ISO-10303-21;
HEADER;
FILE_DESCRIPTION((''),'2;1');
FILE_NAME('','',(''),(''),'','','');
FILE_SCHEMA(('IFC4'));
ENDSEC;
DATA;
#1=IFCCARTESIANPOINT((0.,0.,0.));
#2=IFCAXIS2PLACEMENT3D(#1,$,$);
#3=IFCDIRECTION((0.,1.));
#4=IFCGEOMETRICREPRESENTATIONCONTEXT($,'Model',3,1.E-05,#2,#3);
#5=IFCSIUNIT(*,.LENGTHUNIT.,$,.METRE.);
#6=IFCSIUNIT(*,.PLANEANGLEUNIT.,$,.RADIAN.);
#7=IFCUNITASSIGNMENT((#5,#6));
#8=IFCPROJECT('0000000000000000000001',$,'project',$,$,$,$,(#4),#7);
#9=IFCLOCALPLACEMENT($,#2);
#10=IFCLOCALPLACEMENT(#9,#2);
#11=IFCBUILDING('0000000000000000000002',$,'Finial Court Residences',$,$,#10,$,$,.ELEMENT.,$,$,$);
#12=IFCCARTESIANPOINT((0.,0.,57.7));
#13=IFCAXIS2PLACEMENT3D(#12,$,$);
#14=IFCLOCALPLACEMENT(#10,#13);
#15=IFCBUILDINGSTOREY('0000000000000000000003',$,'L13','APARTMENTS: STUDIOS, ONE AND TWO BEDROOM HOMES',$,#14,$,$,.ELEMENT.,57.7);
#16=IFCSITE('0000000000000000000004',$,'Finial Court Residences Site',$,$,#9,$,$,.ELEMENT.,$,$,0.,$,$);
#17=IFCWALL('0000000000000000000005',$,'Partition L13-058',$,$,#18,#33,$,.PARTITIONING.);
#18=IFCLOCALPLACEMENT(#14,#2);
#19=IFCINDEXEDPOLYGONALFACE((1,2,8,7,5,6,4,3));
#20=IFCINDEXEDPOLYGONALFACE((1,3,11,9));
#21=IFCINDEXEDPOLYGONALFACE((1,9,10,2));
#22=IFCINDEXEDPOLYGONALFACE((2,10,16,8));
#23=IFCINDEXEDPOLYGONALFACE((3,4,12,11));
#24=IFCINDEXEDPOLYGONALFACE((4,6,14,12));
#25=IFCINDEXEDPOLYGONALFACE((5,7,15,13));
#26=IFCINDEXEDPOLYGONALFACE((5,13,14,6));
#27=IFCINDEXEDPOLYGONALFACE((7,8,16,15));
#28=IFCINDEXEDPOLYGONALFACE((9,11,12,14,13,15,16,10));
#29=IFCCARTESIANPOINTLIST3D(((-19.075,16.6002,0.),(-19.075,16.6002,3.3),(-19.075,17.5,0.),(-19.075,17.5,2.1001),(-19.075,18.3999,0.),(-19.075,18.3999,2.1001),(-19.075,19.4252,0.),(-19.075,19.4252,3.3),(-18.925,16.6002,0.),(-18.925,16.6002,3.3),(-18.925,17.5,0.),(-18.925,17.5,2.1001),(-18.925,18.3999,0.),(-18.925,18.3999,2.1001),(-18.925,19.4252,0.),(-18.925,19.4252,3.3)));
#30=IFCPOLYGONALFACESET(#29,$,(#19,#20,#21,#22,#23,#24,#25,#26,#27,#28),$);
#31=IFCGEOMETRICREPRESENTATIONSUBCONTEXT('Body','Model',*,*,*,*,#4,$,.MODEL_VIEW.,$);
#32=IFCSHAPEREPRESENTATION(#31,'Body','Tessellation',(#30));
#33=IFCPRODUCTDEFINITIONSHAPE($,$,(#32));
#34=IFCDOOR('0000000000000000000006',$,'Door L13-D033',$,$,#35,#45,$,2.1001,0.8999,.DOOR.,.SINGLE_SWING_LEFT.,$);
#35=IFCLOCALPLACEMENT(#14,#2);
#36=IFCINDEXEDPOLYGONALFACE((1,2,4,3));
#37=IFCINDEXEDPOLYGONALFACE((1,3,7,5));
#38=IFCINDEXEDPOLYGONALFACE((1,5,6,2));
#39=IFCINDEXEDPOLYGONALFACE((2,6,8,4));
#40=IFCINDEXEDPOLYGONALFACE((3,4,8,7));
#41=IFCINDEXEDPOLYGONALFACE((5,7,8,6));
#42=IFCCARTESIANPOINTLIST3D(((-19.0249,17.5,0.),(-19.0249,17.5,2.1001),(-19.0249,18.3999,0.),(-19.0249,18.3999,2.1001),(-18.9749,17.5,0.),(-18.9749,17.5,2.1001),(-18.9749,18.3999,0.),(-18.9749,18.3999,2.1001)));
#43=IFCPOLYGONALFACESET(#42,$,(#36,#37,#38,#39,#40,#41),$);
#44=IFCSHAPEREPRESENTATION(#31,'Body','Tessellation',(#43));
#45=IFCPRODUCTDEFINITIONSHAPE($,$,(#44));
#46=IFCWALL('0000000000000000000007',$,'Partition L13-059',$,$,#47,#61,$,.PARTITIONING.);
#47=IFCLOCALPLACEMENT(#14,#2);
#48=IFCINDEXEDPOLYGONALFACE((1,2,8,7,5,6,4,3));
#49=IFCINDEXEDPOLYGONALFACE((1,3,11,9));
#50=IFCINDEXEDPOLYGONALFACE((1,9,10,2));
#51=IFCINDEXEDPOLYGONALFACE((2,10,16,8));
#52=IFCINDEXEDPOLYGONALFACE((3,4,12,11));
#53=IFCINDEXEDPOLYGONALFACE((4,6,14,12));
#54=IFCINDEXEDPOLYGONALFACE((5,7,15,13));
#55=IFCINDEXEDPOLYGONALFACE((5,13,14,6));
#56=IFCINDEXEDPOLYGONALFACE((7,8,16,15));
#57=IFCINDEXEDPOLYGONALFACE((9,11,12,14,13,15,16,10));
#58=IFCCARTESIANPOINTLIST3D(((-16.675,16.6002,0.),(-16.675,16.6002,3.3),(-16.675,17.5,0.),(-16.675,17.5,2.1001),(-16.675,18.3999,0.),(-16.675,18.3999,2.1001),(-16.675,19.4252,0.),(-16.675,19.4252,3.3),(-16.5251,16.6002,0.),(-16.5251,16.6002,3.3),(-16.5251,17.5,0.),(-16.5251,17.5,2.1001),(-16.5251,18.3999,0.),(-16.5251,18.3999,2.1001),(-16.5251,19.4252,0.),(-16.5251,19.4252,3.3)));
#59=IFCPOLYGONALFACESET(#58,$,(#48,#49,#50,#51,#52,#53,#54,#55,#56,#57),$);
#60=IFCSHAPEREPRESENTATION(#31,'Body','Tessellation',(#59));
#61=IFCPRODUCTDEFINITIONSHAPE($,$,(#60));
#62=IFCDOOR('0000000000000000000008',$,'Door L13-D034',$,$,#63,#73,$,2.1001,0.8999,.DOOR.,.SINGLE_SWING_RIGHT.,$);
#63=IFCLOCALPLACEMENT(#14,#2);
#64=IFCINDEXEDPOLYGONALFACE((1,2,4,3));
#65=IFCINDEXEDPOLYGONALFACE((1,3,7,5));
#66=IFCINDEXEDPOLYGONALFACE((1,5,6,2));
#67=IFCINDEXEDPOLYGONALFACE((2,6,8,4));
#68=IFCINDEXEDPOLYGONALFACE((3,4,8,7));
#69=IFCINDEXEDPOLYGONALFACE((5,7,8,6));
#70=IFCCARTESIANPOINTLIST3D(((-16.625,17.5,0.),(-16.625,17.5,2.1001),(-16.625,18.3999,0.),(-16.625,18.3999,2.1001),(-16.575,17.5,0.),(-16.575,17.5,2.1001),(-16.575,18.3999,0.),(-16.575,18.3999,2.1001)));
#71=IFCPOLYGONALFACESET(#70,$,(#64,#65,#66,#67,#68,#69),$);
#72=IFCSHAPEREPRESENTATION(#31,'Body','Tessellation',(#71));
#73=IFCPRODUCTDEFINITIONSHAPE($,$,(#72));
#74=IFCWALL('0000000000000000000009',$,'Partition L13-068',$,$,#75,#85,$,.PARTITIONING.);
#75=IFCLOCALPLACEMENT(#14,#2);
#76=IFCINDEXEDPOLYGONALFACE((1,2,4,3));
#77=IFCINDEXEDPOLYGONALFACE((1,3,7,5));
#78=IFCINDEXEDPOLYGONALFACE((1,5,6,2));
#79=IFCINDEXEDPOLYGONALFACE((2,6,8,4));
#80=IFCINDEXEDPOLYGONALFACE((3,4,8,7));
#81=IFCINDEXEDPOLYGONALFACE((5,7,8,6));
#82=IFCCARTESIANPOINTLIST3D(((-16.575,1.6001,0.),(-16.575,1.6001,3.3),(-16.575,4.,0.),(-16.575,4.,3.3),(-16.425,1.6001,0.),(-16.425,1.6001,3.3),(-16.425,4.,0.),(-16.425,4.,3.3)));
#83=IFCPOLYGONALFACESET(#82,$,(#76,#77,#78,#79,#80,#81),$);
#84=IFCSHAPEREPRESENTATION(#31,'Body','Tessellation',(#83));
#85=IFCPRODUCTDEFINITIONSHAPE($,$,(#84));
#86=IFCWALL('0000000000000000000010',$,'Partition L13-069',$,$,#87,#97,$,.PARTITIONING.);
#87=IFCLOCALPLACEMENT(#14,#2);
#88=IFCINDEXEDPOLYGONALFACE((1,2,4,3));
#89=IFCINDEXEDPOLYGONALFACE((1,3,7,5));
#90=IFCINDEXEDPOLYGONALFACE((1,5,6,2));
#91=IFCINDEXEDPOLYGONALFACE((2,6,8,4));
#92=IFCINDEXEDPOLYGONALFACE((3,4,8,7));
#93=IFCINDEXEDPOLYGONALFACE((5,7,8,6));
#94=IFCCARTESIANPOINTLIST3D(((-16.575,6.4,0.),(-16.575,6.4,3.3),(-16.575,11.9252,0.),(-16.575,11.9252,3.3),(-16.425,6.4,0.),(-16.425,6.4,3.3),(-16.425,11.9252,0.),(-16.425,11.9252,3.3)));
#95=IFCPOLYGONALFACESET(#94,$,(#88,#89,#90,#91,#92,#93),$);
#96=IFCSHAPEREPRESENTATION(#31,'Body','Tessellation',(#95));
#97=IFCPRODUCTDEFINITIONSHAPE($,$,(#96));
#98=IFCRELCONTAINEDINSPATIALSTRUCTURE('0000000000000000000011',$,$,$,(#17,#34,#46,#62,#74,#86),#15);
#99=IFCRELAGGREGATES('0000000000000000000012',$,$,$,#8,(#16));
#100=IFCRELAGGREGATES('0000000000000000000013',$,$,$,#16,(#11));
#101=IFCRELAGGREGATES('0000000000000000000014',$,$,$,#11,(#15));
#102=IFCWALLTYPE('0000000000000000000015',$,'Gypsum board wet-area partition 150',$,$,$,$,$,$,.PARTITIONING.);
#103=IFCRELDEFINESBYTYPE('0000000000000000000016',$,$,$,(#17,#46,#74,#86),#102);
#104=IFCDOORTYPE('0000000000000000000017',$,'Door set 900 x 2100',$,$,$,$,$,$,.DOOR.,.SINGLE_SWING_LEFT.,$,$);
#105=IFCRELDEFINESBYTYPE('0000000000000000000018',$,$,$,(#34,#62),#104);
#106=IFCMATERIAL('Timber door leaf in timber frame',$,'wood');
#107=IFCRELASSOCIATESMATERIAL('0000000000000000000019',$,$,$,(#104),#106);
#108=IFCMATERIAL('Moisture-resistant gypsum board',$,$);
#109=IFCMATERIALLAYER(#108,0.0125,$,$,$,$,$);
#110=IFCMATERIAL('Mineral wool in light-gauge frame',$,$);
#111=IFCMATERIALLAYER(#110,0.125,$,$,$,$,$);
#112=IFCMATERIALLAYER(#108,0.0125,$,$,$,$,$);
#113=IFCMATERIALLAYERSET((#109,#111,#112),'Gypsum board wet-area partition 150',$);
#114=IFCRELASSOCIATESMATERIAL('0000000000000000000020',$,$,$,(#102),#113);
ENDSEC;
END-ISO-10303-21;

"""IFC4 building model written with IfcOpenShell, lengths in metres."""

from ifc_helpers import new_model, si_unit, direction, frame, frame_2d, origin, place, context, subcontext, project, spatial, rectangle, extrude, material, layer, layer_set, type_object, element, fill, save


model = new_model("IFC4")

# Units and contexts
model_context = context("Model", 3, precision=1e-05, world=origin(), true_north=direction((0.0, 1.0)))
body_context = subcontext(model_context, "Body", "Model", "MODEL_VIEW")
ifc_project = project(units=[si_unit("LENGTHUNIT", "METRE"), si_unit("PLANEANGLEUNIT", "RADIAN")], contexts=[model_context])

# Site, building, storey
site_placement = place(None, origin())
site = spatial("IfcSite", under=ifc_project, at=site_placement, Name="Finial Court Residences Site", CompositionType="ELEMENT", RefElevation=0.0)
building_placement = place(site_placement, origin())
building = spatial("IfcBuilding", under=site, at=building_placement, Name="Finial Court Residences", CompositionType="ELEMENT")
storey_placement = place(building_placement, frame((0.0, 0.0, 57.7)))
storey = spatial("IfcBuildingStorey", under=building, at=storey_placement, Name="L13", Description="APARTMENTS: STUDIOS, ONE AND TWO BEDROOM HOMES", CompositionType="ELEMENT", Elevation=57.7)

# Shared definitions
ifc_material_1 = material(Name="Mineral wool in light-gauge frame")
ifc_material_2 = material(Name="Timber door leaf in timber frame", Category="wood")
door_type = type_object("IfcDoorType", Name="Door set 900 x 2100", OperationType="SINGLE_SWING_LEFT", PredefinedType="DOOR", material=ifc_material_2)
ifc_material_3 = material(Name="Moisture-resistant gypsum board")
ifc_layer_1 = layer(ifc_material_3, 0.0125)
ifc_layer_2 = layer(ifc_material_1, 0.125)
ifc_layer_3 = layer(ifc_material_3, 0.0125)
ifc_layer_set_1 = layer_set([ifc_layer_1, ifc_layer_2, ifc_layer_3], Name="Gypsum board wet-area partition 150")
wall_type_1 = type_object("IfcWallType", Name="Gypsum board wet-area partition 150", PredefinedType="PARTITIONING", material=ifc_layer_set_1)

# Walls, openings, doors
wall_1_placement = place(storey_placement, frame((-19.0, 16.6001, 0.0), z_axis=(0.0, 0.0, 1.0), x_axis=(0.0, 1.0, 0.0)))
wall_1 = element("IfcWall", 1, at=wall_1_placement, inside=storey, type_object=wall_type_1, Name="Partition L13-058", PredefinedType="PARTITIONING", context=body_context, shape_type="SweptSolid", body=[
    extrude(rectangle(XDim=2.825, YDim=0.1499, at=frame_2d((1.4126, 0.0))), origin(), (0.0, 0.0, 1.0), 3.3),
])
opening_1_placement = place(wall_1_placement, frame((0.8999, 0.0, 0.0)))
opening_1 = element("IfcOpeningElement", 2, at=opening_1_placement, cuts=wall_1, PredefinedType="OPENING", context=body_context, shape_type="SweptSolid", body=[
    extrude(rectangle(XDim=0.8999, YDim=2.1001, at=frame_2d((0.45, 1.05))), frame((0.0, 0.085, 0.0), z_axis=(0.0, -1.0, 0.0), x_axis=(1.0, 0.0, 0.0)), (0.0, 0.0, 1.0), 0.1699),
])
door_1_placement = place(opening_1_placement, origin())
door_1 = element("IfcDoor", 3, at=door_1_placement, inside=storey, type_object=door_type, Name="Door L13-D033", OperationType="SINGLE_SWING_LEFT", OverallHeight=2.1001, OverallWidth=0.8999, PredefinedType="DOOR", context=body_context, shape_type="SweptSolid", body=[
    extrude(rectangle(XDim=0.8999, YDim=2.1001, at=frame_2d((0.45, 1.05))), frame((0.0, 0.0249, 0.0), z_axis=(0.0, -1.0, 0.0), x_axis=(1.0, 0.0, 0.0)), (0.0, 0.0, 1.0), 0.05),
])
fill(opening_1, door_1)
wall_2_placement = place(storey_placement, frame((-16.6001, 16.6001, 0.0), z_axis=(0.0, 0.0, 1.0), x_axis=(0.0, 1.0, 0.0)))
wall_2 = element("IfcWall", 4, at=wall_2_placement, inside=storey, type_object=wall_type_1, Name="Partition L13-059", PredefinedType="PARTITIONING", context=body_context, shape_type="SweptSolid", body=[
    extrude(rectangle(XDim=2.825, YDim=0.1499, at=frame_2d((1.4126, 0.0))), origin(), (0.0, 0.0, 1.0), 3.3),
])
opening_2_placement = place(wall_2_placement, frame((0.8999, 0.0, 0.0)))
opening_2 = element("IfcOpeningElement", 5, at=opening_2_placement, cuts=wall_2, PredefinedType="OPENING", context=body_context, shape_type="SweptSolid", body=[
    extrude(rectangle(XDim=0.8999, YDim=2.1001, at=frame_2d((0.45, 1.05))), frame((0.0, 0.085, 0.0), z_axis=(0.0, -1.0, 0.0), x_axis=(1.0, 0.0, 0.0)), (0.0, 0.0, 1.0), 0.1699),
])
door_2_placement = place(opening_2_placement, origin())
door_2 = element("IfcDoor", 6, at=door_2_placement, inside=storey, type_object=door_type, Name="Door L13-D034", OperationType="SINGLE_SWING_RIGHT", OverallHeight=2.1001, OverallWidth=0.8999, PredefinedType="DOOR", context=body_context, shape_type="SweptSolid", body=[
    extrude(rectangle(XDim=0.8999, YDim=2.1001, at=frame_2d((0.45, 1.05))), frame((0.0, 0.0249, 0.0), z_axis=(0.0, -1.0, 0.0), x_axis=(1.0, 0.0, 0.0)), (0.0, 0.0, 1.0), 0.05),
])
fill(opening_2, door_2)

# Walls
wall_3_placement = place(storey_placement, frame((-16.5, 1.6001, 0.0), z_axis=(0.0, 0.0, 1.0), x_axis=(0.0, 1.0, 0.0)))
element("IfcWall", 7, at=wall_3_placement, inside=storey, type_object=wall_type_1, Name="Partition L13-068", PredefinedType="PARTITIONING", context=body_context, shape_type="SweptSolid", body=[
    extrude(rectangle(XDim=2.3999, YDim=0.1499, at=frame_2d((1.2, 0.0))), origin(), (0.0, 0.0, 1.0), 3.3),
])
wall_4_placement = place(storey_placement, frame((-16.5, 6.3999, 0.0), z_axis=(0.0, 0.0, 1.0), x_axis=(0.0, 1.0, 0.0)))
element("IfcWall", 8, at=wall_4_placement, inside=storey, type_object=wall_type_1, Name="Partition L13-069", PredefinedType="PARTITIONING", context=body_context, shape_type="SweptSolid", body=[
    extrude(rectangle(XDim=5.5251, YDim=0.1499, at=frame_2d((2.7627, 0.0))), origin(), (0.0, 0.0, 1.0), 3.3),
])

save(model, "model.ifc")
